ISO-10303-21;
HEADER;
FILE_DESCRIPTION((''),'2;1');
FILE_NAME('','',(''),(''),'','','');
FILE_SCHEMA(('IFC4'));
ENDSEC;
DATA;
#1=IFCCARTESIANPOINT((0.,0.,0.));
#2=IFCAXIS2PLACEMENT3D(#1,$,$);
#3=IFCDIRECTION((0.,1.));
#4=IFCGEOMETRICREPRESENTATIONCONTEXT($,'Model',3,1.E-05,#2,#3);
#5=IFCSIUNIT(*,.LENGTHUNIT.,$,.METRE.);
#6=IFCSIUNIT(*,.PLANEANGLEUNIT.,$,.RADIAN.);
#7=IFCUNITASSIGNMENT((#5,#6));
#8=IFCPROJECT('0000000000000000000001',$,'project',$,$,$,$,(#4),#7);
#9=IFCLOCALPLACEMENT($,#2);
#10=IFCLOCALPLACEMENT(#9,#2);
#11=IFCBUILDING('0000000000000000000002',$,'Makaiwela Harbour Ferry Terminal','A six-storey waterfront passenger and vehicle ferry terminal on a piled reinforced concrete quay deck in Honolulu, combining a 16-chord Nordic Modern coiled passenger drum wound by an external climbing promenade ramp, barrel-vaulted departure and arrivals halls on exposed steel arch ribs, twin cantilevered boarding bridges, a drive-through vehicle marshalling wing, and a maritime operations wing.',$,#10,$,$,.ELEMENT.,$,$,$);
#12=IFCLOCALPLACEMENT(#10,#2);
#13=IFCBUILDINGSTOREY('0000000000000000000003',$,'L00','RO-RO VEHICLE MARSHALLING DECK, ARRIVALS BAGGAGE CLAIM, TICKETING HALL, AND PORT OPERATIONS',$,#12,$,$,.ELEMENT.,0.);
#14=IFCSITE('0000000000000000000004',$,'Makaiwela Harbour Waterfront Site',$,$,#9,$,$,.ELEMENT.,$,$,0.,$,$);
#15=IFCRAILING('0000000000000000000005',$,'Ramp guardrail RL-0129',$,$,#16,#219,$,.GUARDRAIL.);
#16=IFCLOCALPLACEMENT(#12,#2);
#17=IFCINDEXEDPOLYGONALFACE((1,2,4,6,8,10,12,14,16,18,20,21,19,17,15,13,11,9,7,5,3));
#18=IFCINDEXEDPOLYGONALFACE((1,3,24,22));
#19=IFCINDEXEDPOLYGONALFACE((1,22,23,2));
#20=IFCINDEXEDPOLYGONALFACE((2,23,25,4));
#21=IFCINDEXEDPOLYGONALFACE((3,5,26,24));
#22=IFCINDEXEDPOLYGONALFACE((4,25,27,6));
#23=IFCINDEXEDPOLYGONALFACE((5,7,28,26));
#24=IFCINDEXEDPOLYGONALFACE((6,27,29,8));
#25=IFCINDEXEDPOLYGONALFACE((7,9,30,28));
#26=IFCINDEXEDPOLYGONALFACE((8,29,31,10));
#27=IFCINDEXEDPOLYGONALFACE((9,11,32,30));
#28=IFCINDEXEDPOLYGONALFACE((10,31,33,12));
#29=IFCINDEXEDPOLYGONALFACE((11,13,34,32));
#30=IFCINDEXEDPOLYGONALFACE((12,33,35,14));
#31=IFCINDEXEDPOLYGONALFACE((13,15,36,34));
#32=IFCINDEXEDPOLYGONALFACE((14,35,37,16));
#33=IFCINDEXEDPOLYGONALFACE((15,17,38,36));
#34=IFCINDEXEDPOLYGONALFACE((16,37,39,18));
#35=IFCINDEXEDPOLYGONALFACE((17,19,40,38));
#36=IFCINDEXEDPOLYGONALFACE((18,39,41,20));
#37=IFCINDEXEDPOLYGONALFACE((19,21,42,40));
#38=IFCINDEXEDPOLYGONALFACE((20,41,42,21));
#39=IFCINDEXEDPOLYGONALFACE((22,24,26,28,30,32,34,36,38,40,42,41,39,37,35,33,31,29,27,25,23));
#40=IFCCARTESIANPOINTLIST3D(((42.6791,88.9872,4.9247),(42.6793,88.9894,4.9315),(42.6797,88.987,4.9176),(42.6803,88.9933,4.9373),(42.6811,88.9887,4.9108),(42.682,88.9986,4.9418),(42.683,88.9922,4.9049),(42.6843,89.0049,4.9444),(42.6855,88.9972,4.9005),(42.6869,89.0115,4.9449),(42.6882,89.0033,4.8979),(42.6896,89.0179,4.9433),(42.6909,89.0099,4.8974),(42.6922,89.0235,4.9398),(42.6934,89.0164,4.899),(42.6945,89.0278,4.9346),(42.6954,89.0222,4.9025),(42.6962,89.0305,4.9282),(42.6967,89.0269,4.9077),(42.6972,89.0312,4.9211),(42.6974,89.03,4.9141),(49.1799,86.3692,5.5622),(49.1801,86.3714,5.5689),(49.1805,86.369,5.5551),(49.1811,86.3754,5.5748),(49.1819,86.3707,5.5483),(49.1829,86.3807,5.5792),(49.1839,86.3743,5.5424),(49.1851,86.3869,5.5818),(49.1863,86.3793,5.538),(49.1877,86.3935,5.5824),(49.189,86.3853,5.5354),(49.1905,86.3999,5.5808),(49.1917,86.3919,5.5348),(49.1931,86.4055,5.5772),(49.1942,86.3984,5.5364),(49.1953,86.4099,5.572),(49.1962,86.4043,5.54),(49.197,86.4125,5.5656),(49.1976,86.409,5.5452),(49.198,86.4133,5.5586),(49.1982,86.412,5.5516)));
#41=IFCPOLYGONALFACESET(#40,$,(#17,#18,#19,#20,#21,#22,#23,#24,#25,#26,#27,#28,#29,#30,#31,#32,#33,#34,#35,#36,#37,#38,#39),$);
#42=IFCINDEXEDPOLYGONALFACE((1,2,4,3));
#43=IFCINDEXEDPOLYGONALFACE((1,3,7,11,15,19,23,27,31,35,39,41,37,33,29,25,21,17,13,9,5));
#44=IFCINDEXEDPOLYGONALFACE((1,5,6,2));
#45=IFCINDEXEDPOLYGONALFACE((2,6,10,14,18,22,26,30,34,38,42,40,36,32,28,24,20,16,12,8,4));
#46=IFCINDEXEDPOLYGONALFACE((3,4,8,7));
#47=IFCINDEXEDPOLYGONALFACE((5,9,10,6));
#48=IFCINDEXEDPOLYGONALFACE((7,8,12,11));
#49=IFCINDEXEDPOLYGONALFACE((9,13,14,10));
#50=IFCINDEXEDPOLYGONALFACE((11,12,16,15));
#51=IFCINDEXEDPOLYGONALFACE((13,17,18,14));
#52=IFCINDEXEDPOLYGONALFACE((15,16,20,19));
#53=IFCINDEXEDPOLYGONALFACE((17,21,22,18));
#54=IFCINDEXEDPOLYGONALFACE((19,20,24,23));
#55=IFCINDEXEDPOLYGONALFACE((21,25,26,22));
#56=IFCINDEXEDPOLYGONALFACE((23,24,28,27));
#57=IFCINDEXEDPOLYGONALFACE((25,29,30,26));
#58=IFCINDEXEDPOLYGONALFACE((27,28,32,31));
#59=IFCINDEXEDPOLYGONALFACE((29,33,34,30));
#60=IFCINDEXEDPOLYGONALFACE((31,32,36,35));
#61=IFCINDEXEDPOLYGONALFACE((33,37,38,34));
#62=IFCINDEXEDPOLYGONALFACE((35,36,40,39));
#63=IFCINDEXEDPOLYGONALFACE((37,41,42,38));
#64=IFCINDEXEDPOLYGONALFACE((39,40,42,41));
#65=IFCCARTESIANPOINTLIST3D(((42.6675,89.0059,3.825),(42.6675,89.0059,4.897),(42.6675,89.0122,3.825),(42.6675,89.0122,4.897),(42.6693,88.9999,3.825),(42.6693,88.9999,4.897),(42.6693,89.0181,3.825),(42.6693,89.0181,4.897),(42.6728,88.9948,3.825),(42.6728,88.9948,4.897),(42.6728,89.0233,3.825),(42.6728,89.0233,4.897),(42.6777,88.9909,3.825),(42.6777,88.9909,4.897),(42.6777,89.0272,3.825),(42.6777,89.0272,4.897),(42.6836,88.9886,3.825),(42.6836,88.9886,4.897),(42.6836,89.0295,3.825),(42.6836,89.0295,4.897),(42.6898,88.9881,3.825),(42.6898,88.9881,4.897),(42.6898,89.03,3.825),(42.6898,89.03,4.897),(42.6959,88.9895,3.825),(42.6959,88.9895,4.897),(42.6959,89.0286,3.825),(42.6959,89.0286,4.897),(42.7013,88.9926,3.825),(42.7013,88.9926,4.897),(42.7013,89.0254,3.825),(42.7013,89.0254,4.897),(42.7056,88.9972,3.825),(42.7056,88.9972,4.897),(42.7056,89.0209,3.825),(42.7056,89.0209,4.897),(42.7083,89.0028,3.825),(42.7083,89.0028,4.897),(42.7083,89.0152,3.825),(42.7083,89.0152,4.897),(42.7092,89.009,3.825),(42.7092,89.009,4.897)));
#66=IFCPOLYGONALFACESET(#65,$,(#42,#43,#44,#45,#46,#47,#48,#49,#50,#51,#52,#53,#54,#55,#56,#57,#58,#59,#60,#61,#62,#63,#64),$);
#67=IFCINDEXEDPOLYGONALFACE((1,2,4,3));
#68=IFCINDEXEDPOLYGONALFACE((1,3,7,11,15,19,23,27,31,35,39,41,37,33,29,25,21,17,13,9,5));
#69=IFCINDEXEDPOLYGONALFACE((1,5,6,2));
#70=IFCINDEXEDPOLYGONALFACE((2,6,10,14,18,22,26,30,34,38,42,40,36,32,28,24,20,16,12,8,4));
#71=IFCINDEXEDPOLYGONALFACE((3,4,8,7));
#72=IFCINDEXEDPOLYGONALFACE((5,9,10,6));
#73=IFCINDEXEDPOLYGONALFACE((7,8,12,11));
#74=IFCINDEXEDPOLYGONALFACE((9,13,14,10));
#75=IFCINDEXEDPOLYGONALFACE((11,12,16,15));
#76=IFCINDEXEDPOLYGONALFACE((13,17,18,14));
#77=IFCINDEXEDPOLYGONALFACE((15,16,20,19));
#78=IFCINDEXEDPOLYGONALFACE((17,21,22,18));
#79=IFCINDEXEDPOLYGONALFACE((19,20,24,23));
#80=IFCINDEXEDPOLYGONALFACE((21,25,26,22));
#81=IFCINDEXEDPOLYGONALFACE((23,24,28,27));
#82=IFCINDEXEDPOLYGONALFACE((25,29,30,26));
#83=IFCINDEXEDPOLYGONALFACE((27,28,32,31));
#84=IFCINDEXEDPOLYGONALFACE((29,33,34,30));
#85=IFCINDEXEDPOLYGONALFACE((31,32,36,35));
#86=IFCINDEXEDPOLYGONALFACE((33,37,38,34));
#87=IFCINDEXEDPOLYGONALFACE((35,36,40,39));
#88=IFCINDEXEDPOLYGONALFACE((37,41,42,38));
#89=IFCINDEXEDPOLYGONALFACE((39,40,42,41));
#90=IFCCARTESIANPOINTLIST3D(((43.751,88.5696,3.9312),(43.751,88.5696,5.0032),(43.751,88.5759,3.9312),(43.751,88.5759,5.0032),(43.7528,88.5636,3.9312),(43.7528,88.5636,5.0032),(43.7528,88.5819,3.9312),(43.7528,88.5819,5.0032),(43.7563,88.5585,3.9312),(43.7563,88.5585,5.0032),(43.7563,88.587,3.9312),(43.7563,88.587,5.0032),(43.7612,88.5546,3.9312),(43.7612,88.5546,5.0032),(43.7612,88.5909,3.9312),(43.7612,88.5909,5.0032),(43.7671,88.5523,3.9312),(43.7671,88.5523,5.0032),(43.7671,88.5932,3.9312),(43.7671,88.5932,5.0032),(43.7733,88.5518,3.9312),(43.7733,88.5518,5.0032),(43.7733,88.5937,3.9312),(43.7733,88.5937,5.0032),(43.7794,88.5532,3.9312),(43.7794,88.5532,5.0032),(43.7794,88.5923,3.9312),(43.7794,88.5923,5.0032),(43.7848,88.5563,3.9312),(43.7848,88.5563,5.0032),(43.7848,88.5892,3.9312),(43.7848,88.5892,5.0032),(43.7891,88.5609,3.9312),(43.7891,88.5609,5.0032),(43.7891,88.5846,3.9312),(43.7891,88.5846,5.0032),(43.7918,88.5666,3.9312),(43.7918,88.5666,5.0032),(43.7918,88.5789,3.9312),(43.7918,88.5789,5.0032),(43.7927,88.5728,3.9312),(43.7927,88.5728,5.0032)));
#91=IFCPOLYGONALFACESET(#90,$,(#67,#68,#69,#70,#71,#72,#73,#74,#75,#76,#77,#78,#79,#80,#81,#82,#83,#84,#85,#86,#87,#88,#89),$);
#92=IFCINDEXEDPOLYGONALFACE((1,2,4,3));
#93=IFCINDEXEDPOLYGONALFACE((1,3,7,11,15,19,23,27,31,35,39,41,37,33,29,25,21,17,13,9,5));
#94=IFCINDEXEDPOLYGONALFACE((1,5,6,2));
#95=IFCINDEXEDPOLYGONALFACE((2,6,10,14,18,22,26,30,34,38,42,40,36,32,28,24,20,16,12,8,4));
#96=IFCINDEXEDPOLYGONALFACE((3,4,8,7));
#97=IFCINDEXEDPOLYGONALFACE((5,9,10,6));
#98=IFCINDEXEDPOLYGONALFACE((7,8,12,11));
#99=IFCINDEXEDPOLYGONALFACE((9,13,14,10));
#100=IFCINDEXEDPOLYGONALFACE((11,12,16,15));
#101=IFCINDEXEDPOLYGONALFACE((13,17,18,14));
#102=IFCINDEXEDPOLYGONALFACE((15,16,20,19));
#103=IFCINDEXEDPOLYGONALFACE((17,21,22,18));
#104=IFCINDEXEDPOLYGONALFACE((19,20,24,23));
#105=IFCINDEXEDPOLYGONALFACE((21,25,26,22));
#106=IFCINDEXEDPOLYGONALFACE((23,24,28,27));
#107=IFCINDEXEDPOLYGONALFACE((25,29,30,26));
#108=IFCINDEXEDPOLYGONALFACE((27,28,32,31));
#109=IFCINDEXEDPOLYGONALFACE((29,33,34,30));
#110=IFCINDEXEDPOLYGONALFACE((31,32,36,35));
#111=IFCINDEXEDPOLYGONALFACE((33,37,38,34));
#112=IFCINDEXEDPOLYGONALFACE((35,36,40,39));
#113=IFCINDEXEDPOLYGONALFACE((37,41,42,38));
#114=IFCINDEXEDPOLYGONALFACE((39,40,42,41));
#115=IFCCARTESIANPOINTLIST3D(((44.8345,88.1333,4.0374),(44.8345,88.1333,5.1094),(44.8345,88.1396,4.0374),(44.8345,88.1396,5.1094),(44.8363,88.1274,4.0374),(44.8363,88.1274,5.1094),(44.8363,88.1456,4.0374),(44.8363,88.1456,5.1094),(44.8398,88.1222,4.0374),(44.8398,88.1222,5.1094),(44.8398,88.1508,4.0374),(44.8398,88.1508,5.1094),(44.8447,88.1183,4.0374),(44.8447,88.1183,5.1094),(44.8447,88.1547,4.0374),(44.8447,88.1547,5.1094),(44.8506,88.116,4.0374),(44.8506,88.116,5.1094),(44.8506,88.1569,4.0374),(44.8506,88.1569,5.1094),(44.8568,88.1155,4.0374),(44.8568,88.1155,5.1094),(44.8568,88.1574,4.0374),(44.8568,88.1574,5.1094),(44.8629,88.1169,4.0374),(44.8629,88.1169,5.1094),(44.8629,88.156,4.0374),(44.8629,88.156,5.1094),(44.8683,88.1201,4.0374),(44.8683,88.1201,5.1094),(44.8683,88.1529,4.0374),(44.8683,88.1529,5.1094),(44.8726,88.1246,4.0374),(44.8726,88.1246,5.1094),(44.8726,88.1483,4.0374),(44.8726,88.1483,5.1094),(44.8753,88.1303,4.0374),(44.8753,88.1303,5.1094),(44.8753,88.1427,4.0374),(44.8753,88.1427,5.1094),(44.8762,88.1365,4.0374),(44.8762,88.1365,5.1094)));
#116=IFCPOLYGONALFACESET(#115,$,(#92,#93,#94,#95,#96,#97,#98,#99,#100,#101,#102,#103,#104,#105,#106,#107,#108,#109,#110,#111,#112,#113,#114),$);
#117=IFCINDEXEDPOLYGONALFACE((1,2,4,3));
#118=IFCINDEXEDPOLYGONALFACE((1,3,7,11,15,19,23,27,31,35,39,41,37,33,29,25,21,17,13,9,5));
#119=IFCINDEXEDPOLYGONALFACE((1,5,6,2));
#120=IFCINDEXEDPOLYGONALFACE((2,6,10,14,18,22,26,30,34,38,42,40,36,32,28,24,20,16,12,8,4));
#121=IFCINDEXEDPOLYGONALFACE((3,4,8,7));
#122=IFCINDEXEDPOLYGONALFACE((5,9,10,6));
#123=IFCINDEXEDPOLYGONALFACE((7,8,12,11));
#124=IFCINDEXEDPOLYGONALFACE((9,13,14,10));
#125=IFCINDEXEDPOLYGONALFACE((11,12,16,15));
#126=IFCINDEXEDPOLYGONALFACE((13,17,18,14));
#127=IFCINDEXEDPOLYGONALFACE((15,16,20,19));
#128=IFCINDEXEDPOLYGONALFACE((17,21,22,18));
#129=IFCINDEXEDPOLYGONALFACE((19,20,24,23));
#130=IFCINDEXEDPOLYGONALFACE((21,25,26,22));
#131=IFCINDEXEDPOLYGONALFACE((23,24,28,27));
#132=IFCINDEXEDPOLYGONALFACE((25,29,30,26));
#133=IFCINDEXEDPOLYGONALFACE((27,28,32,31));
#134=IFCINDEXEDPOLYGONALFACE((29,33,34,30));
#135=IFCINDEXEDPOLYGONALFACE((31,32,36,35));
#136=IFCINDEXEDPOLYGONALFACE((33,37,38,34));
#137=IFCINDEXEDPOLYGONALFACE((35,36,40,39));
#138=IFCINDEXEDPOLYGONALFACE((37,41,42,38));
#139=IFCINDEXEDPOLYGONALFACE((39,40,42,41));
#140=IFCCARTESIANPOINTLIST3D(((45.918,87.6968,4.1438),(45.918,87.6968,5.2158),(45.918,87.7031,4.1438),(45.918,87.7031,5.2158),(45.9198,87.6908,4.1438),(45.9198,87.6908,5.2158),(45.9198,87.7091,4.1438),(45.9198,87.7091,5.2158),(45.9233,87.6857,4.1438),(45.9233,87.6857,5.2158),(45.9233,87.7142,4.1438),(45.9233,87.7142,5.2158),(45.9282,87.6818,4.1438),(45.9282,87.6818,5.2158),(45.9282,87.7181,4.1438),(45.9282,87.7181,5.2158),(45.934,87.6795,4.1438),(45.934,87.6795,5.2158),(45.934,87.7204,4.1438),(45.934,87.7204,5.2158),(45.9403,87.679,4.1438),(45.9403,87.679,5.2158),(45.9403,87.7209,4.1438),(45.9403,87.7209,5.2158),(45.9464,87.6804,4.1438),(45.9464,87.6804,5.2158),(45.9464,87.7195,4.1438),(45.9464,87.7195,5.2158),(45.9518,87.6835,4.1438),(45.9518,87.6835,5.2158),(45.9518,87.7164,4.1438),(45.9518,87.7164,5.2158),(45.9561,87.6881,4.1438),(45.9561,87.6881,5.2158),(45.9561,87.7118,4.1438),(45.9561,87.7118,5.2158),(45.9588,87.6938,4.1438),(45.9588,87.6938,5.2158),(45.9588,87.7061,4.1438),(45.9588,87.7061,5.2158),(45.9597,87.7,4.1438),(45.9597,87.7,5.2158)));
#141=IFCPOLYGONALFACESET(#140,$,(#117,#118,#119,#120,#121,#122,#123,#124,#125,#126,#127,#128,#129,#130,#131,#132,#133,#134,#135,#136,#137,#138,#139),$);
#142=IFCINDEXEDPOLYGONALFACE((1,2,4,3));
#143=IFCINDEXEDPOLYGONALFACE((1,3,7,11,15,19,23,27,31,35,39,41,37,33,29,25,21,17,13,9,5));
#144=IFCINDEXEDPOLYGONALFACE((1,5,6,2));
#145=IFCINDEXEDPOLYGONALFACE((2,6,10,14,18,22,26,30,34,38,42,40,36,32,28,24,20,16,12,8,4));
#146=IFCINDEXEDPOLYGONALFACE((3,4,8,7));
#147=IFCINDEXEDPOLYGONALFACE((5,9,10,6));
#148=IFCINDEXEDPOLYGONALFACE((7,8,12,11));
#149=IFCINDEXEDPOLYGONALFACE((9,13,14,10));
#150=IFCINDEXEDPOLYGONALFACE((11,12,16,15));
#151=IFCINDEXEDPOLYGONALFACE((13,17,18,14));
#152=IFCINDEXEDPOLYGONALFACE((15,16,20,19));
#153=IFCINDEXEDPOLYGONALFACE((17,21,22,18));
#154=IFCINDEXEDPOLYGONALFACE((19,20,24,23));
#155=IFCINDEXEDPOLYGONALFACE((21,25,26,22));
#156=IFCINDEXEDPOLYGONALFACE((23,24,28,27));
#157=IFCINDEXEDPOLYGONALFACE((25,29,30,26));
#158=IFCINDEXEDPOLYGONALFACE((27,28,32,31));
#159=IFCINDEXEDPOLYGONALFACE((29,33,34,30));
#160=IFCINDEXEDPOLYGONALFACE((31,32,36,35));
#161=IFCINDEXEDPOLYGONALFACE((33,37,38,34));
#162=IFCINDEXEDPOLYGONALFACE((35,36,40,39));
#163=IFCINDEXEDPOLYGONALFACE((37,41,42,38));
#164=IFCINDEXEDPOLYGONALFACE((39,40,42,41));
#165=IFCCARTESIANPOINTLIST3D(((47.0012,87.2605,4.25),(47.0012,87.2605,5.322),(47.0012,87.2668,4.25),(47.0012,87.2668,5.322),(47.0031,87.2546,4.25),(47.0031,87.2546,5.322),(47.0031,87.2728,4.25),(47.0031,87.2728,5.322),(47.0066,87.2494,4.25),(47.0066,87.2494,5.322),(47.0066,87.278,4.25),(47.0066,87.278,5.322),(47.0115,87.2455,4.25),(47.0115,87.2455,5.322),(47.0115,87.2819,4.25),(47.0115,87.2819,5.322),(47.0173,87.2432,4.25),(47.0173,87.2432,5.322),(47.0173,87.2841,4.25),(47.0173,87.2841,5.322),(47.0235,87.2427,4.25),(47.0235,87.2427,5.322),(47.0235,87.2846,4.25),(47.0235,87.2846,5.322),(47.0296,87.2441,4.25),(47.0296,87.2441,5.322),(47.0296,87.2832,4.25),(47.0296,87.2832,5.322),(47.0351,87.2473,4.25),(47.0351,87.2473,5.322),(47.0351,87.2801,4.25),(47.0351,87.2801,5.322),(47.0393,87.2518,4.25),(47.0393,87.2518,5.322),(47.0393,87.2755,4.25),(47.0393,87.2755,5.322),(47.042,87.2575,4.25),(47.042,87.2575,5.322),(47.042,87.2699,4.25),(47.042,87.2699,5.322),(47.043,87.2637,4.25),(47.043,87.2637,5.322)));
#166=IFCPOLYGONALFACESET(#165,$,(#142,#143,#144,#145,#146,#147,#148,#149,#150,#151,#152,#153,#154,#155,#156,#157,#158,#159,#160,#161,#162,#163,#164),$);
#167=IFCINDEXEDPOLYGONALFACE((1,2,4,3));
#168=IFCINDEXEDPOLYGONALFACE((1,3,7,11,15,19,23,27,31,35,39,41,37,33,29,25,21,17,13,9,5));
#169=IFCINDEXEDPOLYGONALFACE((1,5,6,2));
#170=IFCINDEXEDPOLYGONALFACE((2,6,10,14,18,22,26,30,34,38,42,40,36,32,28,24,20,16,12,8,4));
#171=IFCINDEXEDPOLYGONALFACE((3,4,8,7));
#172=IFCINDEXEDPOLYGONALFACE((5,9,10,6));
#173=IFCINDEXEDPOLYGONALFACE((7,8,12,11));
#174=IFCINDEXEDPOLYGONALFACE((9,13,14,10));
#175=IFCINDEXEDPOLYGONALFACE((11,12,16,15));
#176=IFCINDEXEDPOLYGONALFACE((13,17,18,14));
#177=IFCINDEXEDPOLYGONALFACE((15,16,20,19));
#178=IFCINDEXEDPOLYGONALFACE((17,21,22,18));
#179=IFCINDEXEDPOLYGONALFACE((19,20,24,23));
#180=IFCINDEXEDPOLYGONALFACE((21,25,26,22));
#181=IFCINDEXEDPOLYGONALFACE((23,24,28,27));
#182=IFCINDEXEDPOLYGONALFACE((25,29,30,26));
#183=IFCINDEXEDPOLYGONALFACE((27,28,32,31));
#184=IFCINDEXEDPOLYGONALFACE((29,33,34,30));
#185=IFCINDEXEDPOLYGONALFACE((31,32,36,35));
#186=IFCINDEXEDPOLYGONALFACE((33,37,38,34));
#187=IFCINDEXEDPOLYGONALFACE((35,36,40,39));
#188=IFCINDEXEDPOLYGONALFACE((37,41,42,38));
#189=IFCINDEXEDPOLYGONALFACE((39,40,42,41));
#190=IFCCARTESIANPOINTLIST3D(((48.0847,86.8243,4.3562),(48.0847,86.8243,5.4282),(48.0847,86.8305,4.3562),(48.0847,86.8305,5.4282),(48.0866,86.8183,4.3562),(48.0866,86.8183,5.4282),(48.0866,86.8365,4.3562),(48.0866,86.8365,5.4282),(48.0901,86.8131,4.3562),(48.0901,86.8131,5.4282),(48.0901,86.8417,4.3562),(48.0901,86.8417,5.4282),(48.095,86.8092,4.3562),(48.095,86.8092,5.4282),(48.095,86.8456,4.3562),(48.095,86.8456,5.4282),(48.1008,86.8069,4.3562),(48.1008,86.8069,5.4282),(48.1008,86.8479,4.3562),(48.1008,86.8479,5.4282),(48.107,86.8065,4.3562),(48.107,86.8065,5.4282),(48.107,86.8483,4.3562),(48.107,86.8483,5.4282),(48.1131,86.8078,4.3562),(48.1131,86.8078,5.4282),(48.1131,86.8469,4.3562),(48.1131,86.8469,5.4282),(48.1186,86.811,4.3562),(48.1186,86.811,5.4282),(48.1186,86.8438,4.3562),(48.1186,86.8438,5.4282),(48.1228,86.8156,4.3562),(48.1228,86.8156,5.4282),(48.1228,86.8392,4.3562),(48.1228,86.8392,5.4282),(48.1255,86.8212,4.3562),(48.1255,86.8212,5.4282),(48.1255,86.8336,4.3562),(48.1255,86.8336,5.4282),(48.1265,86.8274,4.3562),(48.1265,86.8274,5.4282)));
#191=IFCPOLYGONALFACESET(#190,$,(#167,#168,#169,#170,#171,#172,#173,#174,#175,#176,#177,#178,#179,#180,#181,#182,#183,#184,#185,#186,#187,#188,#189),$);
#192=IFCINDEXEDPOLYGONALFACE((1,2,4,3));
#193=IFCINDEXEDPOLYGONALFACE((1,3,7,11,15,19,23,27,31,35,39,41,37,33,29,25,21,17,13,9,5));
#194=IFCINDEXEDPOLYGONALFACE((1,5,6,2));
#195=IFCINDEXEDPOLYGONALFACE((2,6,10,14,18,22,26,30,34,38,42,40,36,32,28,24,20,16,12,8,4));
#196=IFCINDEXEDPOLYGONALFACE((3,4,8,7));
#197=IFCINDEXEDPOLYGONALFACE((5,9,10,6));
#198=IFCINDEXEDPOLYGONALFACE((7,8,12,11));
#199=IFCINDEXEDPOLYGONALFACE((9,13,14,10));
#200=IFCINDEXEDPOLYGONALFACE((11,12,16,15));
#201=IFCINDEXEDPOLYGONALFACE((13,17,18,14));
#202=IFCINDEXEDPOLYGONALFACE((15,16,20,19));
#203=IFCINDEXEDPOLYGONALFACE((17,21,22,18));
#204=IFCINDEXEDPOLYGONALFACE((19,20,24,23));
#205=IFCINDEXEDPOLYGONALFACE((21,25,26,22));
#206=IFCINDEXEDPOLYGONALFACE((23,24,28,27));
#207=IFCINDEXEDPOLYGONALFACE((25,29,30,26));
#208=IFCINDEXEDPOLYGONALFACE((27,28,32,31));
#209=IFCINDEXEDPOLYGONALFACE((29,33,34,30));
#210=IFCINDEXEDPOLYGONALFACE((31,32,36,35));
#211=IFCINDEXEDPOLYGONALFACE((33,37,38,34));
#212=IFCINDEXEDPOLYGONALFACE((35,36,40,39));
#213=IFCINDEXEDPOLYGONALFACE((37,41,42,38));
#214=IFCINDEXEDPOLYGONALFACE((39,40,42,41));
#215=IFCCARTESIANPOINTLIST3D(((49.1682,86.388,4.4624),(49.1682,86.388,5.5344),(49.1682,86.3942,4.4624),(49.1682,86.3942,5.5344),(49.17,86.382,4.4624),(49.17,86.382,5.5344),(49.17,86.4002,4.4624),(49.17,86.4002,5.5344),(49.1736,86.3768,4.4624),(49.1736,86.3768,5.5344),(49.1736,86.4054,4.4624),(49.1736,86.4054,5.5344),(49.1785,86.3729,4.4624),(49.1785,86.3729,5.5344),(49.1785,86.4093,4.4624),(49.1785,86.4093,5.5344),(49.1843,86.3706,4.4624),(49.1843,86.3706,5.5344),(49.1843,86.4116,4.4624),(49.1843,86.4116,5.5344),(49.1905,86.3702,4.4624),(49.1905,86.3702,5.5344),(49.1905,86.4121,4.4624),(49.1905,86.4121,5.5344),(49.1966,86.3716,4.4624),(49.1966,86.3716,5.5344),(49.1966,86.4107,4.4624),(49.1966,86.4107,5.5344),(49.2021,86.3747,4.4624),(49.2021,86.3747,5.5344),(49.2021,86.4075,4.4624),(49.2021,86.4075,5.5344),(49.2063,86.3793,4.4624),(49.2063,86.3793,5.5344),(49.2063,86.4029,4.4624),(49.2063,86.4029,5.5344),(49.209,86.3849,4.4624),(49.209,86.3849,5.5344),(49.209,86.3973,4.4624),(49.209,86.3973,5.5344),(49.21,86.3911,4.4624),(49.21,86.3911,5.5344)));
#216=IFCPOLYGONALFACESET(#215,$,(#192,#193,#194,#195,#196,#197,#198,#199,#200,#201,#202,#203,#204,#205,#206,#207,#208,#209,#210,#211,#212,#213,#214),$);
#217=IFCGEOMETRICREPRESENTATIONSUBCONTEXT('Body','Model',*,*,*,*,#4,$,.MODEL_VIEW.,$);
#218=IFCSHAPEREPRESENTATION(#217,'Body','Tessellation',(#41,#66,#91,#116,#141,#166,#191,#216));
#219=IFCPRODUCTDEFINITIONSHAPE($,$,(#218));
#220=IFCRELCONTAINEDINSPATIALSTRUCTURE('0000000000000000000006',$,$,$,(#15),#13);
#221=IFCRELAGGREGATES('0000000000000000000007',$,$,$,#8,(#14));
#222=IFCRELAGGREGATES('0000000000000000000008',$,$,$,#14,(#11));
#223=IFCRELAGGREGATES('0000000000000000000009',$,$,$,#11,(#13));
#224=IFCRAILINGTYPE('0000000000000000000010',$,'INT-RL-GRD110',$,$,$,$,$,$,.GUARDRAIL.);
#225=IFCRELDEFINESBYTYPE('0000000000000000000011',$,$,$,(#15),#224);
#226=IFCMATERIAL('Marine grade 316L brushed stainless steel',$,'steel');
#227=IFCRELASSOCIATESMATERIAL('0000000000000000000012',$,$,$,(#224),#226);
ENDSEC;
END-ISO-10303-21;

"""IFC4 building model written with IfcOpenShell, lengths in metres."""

from ifc_helpers import new_model, si_unit, direction, frame, origin, origin_2d, place, context, subcontext, project, spatial, circle, extrude, material, type_object, element, save


model = new_model("IFC4")

# Units and contexts
model_context = context("Model", 3, precision=1e-05, world=origin(), true_north=direction((0.0, 1.0)))
body_context = subcontext(model_context, "Body", "Model", "MODEL_VIEW")
ifc_project = project(units=[si_unit("LENGTHUNIT", "METRE"), si_unit("PLANEANGLEUNIT", "RADIAN")], contexts=[model_context])

# Site, building, storey
site_placement = place(None, origin())
site = spatial("IfcSite", under=ifc_project, at=site_placement, Name="Makaiwela Harbour Waterfront Site", CompositionType="ELEMENT", RefElevation=0.0)
building_placement = place(site_placement, origin())
building = spatial("IfcBuilding", under=site, at=building_placement, Name="Makaiwela Harbour Ferry Terminal", Description="A six-storey waterfront passenger and vehicle ferry terminal on a piled reinforced concrete quay deck in Honolulu, combining a 16-chord Nordic Modern coiled passenger drum wound by an external climbing promenade ramp, barrel-vaulted departure and arrivals halls on exposed steel arch ribs, twin cantilevered boarding bridges, a drive-through vehicle marshalling wing, and a maritime operations wing.", CompositionType="ELEMENT")
storey_placement = place(building_placement, origin())
storey = spatial("IfcBuildingStorey", under=building, at=storey_placement, Name="L00", Description="RO-RO VEHICLE MARSHALLING DECK, ARRIVALS BAGGAGE CLAIM, TICKETING HALL, AND PORT OPERATIONS", CompositionType="ELEMENT", Elevation=0.0)

# Railing
ifc_material_1 = material(Name="Marine grade 316L brushed stainless steel", Category="steel")
railing_type_1 = type_object("IfcRailingType", Name="INT-RL-GRD110", PredefinedType="GUARDRAIL", material=ifc_material_1)
railing_1_placement = place(storey_placement, frame((42.6882, 89.009, 3.825)))
element("IfcRailing", 1, at=railing_1_placement, inside=storey, type_object=railing_type_1, Name="Ramp guardrail RL-0129", PredefinedType="GUARDRAIL", context=body_context, shape_type="SweptSolid", body=[
    extrude(circle(Radius=0.0239, at=origin_2d()), frame((0.0, 0.0, 1.0962), z_axis=(0.923793, -0.372022, 0.090586), x_axis=(0.373558, 0.927607, 0.0)), (0.0, 0.0, 1.0), 7.0371),
    extrude(circle(Radius=0.021, at=origin_2d()), origin(), (0.0, 0.0, 1.0), 1.072),
    extrude(circle(Radius=0.021, at=origin_2d()), frame((1.0835, -0.4363, 0.1062)), (0.0, 0.0, 1.0), 1.072),
    extrude(circle(Radius=0.021, at=origin_2d()), frame((2.167, -0.8726, 0.2124)), (0.0, 0.0, 1.0), 1.072),
    extrude(circle(Radius=0.021, at=origin_2d()), frame((3.2505, -1.3091, 0.3188)), (0.0, 0.0, 1.0), 1.072),
    extrude(circle(Radius=0.021, at=origin_2d()), frame((4.3337, -1.7454, 0.425)), (0.0, 0.0, 1.0), 1.072),
    extrude(circle(Radius=0.021, at=origin_2d()), frame((5.4172, -2.1816, 0.5312)), (0.0, 0.0, 1.0), 1.072),
    extrude(circle(Radius=0.021, at=origin_2d()), frame((6.5007, -2.6179, 0.6375)), (0.0, 0.0, 1.0), 1.072),
])

save(model, "model.ifc")
